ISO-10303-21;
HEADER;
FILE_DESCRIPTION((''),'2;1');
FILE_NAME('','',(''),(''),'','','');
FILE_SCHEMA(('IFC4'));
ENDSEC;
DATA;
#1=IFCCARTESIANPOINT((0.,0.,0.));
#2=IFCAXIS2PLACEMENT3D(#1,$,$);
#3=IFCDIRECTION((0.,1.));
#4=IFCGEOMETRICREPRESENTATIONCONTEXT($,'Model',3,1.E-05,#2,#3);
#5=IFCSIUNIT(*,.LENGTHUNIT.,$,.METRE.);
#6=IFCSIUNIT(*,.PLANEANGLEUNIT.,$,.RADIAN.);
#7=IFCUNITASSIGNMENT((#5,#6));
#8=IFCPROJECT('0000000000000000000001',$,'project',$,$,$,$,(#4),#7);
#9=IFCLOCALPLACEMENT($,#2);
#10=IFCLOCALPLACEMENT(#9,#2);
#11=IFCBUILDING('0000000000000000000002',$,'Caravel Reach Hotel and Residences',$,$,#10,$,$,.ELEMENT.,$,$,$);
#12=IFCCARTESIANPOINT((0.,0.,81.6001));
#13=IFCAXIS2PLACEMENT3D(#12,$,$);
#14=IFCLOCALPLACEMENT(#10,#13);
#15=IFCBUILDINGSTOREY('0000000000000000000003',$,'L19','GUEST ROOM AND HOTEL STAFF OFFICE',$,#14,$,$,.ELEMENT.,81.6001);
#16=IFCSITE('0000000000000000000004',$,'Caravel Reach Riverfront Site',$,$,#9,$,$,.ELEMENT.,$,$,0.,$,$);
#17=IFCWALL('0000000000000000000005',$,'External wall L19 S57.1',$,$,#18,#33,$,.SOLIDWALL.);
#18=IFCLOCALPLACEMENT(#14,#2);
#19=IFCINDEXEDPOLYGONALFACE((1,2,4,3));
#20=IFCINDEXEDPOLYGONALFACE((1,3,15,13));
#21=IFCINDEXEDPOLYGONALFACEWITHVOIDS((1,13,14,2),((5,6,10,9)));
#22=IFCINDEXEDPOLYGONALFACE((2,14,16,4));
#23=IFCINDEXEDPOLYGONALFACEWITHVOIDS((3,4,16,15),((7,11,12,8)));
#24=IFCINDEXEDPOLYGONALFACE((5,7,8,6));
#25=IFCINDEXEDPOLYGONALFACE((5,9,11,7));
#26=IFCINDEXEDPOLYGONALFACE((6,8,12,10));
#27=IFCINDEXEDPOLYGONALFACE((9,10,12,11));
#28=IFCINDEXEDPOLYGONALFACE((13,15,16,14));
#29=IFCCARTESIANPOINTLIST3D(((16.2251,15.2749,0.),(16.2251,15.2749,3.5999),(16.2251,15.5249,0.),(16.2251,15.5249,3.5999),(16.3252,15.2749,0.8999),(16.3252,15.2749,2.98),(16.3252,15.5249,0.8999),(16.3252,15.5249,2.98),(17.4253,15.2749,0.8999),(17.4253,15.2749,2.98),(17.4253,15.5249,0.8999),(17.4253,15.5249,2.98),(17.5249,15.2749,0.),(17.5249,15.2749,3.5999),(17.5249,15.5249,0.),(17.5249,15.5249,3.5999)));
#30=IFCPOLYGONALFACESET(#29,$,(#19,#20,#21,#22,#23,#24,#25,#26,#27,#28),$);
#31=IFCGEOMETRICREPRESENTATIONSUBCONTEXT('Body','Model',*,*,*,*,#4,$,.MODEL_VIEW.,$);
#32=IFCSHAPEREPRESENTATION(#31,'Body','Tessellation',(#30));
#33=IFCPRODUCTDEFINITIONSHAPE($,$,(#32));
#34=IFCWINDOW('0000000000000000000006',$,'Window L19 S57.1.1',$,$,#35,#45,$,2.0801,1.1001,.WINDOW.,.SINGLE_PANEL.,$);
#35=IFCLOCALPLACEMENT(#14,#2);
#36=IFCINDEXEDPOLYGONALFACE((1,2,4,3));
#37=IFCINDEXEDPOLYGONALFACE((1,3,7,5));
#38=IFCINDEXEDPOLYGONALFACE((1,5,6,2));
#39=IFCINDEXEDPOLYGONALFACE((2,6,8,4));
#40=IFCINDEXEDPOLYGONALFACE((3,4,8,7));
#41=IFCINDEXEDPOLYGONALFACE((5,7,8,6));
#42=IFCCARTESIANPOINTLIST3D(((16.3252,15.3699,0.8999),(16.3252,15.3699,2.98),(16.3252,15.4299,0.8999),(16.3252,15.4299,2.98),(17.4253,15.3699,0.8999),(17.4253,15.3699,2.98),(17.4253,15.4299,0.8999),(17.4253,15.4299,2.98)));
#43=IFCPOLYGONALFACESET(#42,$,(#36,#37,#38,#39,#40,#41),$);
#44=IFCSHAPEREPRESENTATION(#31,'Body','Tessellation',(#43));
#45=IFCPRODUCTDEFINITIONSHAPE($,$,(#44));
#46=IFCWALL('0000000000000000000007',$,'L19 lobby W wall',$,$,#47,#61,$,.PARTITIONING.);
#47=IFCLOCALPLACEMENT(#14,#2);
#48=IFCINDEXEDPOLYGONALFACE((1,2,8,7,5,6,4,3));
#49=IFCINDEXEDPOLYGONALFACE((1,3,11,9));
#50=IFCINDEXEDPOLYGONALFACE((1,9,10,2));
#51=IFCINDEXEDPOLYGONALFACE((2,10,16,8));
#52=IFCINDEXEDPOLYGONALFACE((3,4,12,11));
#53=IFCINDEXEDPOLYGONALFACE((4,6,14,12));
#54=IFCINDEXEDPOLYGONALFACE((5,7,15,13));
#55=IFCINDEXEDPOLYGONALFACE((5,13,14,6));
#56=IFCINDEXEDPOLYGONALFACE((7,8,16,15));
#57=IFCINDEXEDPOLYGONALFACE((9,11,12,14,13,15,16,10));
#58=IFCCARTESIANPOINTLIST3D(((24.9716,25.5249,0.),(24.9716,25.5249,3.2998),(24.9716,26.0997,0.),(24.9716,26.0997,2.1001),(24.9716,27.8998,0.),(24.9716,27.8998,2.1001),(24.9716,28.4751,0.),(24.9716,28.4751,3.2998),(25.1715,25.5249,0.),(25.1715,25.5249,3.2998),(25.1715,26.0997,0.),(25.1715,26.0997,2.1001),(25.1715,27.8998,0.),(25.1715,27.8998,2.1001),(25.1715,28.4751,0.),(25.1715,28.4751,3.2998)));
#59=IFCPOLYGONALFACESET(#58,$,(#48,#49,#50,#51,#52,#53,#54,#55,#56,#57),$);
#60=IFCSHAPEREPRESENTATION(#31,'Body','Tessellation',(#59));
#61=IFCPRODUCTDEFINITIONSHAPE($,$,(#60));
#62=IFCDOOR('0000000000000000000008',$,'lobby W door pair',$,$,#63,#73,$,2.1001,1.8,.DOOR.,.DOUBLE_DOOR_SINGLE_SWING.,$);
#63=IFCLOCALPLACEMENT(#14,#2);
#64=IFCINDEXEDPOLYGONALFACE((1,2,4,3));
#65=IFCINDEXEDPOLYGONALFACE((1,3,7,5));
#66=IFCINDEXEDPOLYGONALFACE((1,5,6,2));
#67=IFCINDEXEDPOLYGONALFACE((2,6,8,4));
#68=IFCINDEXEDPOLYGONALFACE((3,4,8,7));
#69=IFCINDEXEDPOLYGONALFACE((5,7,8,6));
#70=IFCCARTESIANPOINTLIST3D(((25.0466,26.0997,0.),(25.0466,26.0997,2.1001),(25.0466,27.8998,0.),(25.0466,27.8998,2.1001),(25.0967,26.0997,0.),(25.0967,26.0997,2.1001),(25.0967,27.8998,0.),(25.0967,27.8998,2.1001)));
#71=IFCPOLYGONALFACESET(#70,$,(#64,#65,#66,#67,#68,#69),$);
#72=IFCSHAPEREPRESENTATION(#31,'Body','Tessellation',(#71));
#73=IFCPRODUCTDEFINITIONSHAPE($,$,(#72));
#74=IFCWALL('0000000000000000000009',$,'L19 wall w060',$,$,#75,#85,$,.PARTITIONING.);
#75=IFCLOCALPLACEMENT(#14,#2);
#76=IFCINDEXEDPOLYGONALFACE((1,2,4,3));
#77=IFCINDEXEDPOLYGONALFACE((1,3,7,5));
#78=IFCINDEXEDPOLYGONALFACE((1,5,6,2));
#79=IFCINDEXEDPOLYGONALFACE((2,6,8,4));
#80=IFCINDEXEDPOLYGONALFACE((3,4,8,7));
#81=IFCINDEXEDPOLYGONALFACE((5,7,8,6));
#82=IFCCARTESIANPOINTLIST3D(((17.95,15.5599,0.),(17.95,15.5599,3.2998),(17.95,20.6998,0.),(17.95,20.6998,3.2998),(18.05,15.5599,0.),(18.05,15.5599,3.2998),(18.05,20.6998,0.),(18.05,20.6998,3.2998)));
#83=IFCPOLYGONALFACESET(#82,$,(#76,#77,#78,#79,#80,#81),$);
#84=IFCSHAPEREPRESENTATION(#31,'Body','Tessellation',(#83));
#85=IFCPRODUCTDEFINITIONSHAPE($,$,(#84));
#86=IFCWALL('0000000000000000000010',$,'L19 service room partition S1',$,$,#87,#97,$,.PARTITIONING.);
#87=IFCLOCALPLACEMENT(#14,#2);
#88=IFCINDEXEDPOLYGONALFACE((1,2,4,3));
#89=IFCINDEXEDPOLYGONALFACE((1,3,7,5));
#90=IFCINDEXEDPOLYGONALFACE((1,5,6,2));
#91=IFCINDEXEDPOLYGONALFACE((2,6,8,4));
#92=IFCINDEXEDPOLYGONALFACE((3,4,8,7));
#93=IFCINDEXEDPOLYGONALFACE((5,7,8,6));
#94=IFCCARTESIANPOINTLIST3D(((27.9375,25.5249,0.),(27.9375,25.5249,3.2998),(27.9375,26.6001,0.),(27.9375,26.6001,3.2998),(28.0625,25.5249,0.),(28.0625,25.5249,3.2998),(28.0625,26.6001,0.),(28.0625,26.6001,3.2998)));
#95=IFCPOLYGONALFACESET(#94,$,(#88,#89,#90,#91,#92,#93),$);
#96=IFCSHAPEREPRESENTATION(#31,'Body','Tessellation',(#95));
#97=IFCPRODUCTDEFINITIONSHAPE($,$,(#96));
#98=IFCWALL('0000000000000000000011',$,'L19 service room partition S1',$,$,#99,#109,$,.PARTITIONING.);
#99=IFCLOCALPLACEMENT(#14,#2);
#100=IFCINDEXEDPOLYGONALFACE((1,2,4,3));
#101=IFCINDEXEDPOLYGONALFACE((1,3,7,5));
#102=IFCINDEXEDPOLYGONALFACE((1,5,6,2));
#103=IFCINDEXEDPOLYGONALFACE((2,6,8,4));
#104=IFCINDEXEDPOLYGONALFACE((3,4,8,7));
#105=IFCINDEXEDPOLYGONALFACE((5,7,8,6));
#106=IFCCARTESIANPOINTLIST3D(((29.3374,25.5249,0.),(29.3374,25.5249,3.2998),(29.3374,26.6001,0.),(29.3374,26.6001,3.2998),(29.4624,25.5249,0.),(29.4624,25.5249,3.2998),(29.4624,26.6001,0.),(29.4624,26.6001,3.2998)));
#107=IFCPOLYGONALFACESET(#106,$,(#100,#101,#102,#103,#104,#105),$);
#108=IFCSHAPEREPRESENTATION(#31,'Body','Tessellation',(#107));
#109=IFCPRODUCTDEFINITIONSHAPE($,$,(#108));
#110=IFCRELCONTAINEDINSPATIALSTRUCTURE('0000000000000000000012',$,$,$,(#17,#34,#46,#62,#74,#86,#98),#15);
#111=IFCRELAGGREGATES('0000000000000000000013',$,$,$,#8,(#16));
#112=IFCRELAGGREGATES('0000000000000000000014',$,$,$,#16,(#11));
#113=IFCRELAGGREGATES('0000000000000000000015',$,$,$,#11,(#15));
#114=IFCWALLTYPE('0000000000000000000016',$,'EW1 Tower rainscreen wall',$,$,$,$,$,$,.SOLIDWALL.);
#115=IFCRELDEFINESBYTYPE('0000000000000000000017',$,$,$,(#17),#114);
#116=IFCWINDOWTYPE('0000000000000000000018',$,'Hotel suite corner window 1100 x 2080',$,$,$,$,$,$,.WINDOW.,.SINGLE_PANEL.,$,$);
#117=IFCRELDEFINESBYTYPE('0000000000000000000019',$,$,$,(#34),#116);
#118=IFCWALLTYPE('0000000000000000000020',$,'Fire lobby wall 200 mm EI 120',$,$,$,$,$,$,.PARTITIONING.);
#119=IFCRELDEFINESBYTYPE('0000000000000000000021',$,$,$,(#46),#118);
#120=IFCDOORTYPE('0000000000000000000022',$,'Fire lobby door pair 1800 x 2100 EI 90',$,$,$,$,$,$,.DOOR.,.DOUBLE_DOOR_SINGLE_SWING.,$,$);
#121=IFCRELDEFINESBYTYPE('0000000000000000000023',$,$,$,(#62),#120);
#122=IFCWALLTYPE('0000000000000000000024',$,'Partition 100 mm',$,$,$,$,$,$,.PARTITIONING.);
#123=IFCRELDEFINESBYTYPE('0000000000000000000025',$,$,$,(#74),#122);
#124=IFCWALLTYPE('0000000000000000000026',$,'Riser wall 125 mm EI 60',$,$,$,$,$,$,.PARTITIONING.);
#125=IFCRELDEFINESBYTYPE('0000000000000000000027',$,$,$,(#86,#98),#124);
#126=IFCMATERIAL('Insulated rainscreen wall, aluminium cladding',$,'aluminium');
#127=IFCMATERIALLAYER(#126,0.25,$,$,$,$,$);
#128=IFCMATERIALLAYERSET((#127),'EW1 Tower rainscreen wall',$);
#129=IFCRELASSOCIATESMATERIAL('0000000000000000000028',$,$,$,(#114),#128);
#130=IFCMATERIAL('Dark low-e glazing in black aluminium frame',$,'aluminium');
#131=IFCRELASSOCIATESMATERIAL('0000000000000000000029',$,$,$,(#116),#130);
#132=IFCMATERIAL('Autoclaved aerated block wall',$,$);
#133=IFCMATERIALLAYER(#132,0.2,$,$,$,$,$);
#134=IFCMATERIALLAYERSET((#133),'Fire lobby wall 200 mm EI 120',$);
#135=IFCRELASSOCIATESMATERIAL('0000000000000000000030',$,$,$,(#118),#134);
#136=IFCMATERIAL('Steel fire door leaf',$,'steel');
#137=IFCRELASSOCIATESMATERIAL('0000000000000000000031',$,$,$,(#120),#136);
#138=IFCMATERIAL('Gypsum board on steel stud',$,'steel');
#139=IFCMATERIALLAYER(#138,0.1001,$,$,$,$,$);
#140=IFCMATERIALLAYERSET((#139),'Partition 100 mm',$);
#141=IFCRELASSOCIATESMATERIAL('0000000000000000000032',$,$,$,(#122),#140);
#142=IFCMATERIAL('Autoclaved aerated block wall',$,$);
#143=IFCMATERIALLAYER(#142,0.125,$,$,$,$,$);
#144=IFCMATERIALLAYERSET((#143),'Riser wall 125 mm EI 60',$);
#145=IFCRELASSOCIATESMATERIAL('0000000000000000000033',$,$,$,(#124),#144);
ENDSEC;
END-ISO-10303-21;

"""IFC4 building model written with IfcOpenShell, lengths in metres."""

from ifc_helpers import new_model, si_unit, direction, frame, frame_2d, origin, place, context, subcontext, project, spatial, rectangle, extrude, material, layer, layer_set, type_object, element, fill, save


model = new_model("IFC4")

# Units and contexts
model_context = context("Model", 3, precision=1e-05, world=origin(), true_north=direction((0.0, 1.0)))
body_context = subcontext(model_context, "Body", "Model", "MODEL_VIEW")
ifc_project = project(units=[si_unit("LENGTHUNIT", "METRE"), si_unit("PLANEANGLEUNIT", "RADIAN")], contexts=[model_context])

# Site, building, storey
site_placement = place(None, origin())
site = spatial("IfcSite", under=ifc_project, at=site_placement, Name="Caravel Reach Riverfront Site", CompositionType="ELEMENT", RefElevation=0.0)
building_placement = place(site_placement, origin())
building = spatial("IfcBuilding", under=site, at=building_placement, Name="Caravel Reach Hotel and Residences", CompositionType="ELEMENT")
storey_placement = place(building_placement, frame((0.0, 0.0, 81.6001)))
storey = spatial("IfcBuildingStorey", under=building, at=storey_placement, Name="L19", Description="GUEST ROOM AND HOTEL STAFF OFFICE", CompositionType="ELEMENT", Elevation=81.6001)

# Wall, opening, window
ifc_material_1 = material(Name="Insulated rainscreen wall, aluminium cladding", Category="aluminium")
ifc_layer_1 = layer(ifc_material_1, 0.25)
ifc_layer_set_1 = layer_set([ifc_layer_1], Name="EW1 Tower rainscreen wall")
wall_type_1 = type_object("IfcWallType", Name="EW1 Tower rainscreen wall", PredefinedType="SOLIDWALL", material=ifc_layer_set_1)
wall_1_placement = place(storey_placement, frame((16.2251, 15.3999, 0.0), z_axis=(0.0, 0.0, 1.0), x_axis=(1.0, 0.0, 0.0)))
wall_1 = element("IfcWall", 1, at=wall_1_placement, inside=storey, type_object=wall_type_1, Name="External wall L19 S57.1", PredefinedType="SOLIDWALL", context=body_context, shape_type="SweptSolid", body=[
    extrude(rectangle(XDim=1.2998, YDim=0.25, at=frame_2d((0.6499, 0.0))), origin(), (0.0, 0.0, 1.0), 3.5999),
])
opening_1_placement = place(wall_1_placement, frame((0.1001, 0.0, 0.8999)))
opening_1 = element("IfcOpeningElement", 2, at=opening_1_placement, cuts=wall_1, PredefinedType="OPENING", context=body_context, shape_type="SweptSolid", body=[
    extrude(rectangle(XDim=1.1001, YDim=2.0801, at=frame_2d((0.55, 1.04))), frame((0.0, 0.135, 0.0), z_axis=(0.0, -1.0, 0.0), x_axis=(1.0, 0.0, 0.0)), (0.0, 0.0, 1.0), 0.27),
])
ifc_material_2 = material(Name="Dark low-e glazing in black aluminium frame", Category="aluminium")
window_type = type_object("IfcWindowType", Name="Hotel suite corner window 1100 x 2080", PartitioningType="SINGLE_PANEL", PredefinedType="WINDOW", material=ifc_material_2)
window_placement = place(opening_1_placement, origin())
window = element("IfcWindow", 3, at=window_placement, inside=storey, type_object=window_type, Name="Window L19 S57.1.1", OverallHeight=2.0801, OverallWidth=1.1001, PartitioningType="SINGLE_PANEL", PredefinedType="WINDOW", context=body_context, shape_type="SweptSolid", body=[
    extrude(rectangle(XDim=1.1001, YDim=2.0801, at=frame_2d((0.55, 1.04))), frame((0.0, 0.03, 0.0), z_axis=(0.0, -1.0, 0.0), x_axis=(1.0, 0.0, 0.0)), (0.0, 0.0, 1.0), 0.0601),
])
fill(opening_1, window)

# Wall, opening, door
ifc_material_3 = material(Name="Autoclaved aerated block wall")
ifc_layer_2 = layer(ifc_material_3, 0.2)
ifc_layer_set_2 = layer_set([ifc_layer_2], Name="Fire lobby wall 200 mm EI 120")
wall_type_2 = type_object("IfcWallType", Name="Fire lobby wall 200 mm EI 120", PredefinedType="PARTITIONING", material=ifc_layer_set_2)
wall_2_placement = place(storey_placement, frame((25.0715, 25.5249, 0.0), z_axis=(0.0, 0.0, 1.0), x_axis=(0.0, 1.0, 0.0)))
wall_2 = element("IfcWall", 4, at=wall_2_placement, inside=storey, type_object=wall_type_2, Name="L19 lobby W wall", PredefinedType="PARTITIONING", context=body_context, shape_type="SweptSolid", body=[
    extrude(rectangle(XDim=2.9502, YDim=0.2, at=frame_2d((1.4751, 0.0))), origin(), (0.0, 0.0, 1.0), 3.2998),
])
opening_2_placement = place(wall_2_placement, frame((0.575, 0.0, 0.0)))
opening_2 = element("IfcOpeningElement", 5, at=opening_2_placement, cuts=wall_2, PredefinedType="OPENING", context=body_context, shape_type="SweptSolid", body=[
    extrude(rectangle(XDim=1.8, YDim=2.1001, at=frame_2d((0.8999, 1.05))), frame((0.0, 0.1099, 0.0), z_axis=(0.0, -1.0, 0.0), x_axis=(1.0, 0.0, 0.0)), (0.0, 0.0, 1.0), 0.22),
])
ifc_material_4 = material(Name="Steel fire door leaf", Category="steel")
door_type_1 = type_object("IfcDoorType", Name="Fire lobby door pair 1800 x 2100 EI 90", OperationType="DOUBLE_DOOR_SINGLE_SWING", PredefinedType="DOOR", material=ifc_material_4)
door_1_placement = place(opening_2_placement, origin())
door_1 = element("IfcDoor", 6, at=door_1_placement, inside=storey, type_object=door_type_1, Name="lobby W door pair", OperationType="DOUBLE_DOOR_SINGLE_SWING", OverallHeight=2.1001, OverallWidth=1.8, PredefinedType="DOOR", context=body_context, shape_type="SweptSolid", body=[
    extrude(rectangle(XDim=1.8, YDim=2.1001, at=frame_2d((0.8999, 1.05))), frame((0.0, 0.0249, 0.0), z_axis=(0.0, -1.0, 0.0), x_axis=(1.0, 0.0, 0.0)), (0.0, 0.0, 1.0), 0.05),
])
fill(opening_2, door_1)

# Walls
ifc_material_5 = material(Name="Gypsum board on steel stud", Category="steel")
ifc_layer_3 = layer(ifc_material_5, 0.1001)
ifc_layer_set_3 = layer_set([ifc_layer_3], Name="Partition 100 mm")
wall_type_3 = type_object("IfcWallType", Name="Partition 100 mm", PredefinedType="PARTITIONING", material=ifc_layer_set_3)
wall_3_placement = place(storey_placement, frame((18.0, 15.5601, 0.0), z_axis=(0.0, 0.0, 1.0), x_axis=(0.0, 1.0, 0.0)))
element("IfcWall", 7, at=wall_3_placement, inside=storey, type_object=wall_type_3, Name="L19 wall w060", PredefinedType="PARTITIONING", context=body_context, shape_type="SweptSolid", body=[
    extrude(rectangle(XDim=5.1399, YDim=0.1001, at=frame_2d((2.5698, 0.0))), origin(), (0.0, 0.0, 1.0), 3.2998),
])
ifc_material_6 = material(Name="Autoclaved aerated block wall")
ifc_layer_4 = layer(ifc_material_6, 0.125)
ifc_layer_set_4 = layer_set([ifc_layer_4], Name="Riser wall 125 mm EI 60")
wall_type_4 = type_object("IfcWallType", Name="Riser wall 125 mm EI 60", PredefinedType="PARTITIONING", material=ifc_layer_set_4)
for number, where, z_axis, x_axis, name in (
    (8, (28.0, 25.5249, 0.0), (0.0, 0.0, 1.0), (0.0, 1.0, 0.0), "L19 service room partition S1"),
    (9, (29.3999, 25.5249, 0.0), (0.0, 0.0, 1.0), (0.0, 1.0, 0.0), "L19 service room partition S1"),
):
    element("IfcWall", number, at=place(storey_placement, frame(where, z_axis=z_axis, x_axis=x_axis)), inside=storey, type_object=wall_type_4, Name=name, PredefinedType="PARTITIONING", context=body_context, shape_type="SweptSolid", body=[
        extrude(rectangle(XDim=1.0752, YDim=0.125, at=frame_2d((0.5376, 0.0))), origin(), (0.0, 0.0, 1.0), 3.2998),
    ])

save(model, "model.ifc")
